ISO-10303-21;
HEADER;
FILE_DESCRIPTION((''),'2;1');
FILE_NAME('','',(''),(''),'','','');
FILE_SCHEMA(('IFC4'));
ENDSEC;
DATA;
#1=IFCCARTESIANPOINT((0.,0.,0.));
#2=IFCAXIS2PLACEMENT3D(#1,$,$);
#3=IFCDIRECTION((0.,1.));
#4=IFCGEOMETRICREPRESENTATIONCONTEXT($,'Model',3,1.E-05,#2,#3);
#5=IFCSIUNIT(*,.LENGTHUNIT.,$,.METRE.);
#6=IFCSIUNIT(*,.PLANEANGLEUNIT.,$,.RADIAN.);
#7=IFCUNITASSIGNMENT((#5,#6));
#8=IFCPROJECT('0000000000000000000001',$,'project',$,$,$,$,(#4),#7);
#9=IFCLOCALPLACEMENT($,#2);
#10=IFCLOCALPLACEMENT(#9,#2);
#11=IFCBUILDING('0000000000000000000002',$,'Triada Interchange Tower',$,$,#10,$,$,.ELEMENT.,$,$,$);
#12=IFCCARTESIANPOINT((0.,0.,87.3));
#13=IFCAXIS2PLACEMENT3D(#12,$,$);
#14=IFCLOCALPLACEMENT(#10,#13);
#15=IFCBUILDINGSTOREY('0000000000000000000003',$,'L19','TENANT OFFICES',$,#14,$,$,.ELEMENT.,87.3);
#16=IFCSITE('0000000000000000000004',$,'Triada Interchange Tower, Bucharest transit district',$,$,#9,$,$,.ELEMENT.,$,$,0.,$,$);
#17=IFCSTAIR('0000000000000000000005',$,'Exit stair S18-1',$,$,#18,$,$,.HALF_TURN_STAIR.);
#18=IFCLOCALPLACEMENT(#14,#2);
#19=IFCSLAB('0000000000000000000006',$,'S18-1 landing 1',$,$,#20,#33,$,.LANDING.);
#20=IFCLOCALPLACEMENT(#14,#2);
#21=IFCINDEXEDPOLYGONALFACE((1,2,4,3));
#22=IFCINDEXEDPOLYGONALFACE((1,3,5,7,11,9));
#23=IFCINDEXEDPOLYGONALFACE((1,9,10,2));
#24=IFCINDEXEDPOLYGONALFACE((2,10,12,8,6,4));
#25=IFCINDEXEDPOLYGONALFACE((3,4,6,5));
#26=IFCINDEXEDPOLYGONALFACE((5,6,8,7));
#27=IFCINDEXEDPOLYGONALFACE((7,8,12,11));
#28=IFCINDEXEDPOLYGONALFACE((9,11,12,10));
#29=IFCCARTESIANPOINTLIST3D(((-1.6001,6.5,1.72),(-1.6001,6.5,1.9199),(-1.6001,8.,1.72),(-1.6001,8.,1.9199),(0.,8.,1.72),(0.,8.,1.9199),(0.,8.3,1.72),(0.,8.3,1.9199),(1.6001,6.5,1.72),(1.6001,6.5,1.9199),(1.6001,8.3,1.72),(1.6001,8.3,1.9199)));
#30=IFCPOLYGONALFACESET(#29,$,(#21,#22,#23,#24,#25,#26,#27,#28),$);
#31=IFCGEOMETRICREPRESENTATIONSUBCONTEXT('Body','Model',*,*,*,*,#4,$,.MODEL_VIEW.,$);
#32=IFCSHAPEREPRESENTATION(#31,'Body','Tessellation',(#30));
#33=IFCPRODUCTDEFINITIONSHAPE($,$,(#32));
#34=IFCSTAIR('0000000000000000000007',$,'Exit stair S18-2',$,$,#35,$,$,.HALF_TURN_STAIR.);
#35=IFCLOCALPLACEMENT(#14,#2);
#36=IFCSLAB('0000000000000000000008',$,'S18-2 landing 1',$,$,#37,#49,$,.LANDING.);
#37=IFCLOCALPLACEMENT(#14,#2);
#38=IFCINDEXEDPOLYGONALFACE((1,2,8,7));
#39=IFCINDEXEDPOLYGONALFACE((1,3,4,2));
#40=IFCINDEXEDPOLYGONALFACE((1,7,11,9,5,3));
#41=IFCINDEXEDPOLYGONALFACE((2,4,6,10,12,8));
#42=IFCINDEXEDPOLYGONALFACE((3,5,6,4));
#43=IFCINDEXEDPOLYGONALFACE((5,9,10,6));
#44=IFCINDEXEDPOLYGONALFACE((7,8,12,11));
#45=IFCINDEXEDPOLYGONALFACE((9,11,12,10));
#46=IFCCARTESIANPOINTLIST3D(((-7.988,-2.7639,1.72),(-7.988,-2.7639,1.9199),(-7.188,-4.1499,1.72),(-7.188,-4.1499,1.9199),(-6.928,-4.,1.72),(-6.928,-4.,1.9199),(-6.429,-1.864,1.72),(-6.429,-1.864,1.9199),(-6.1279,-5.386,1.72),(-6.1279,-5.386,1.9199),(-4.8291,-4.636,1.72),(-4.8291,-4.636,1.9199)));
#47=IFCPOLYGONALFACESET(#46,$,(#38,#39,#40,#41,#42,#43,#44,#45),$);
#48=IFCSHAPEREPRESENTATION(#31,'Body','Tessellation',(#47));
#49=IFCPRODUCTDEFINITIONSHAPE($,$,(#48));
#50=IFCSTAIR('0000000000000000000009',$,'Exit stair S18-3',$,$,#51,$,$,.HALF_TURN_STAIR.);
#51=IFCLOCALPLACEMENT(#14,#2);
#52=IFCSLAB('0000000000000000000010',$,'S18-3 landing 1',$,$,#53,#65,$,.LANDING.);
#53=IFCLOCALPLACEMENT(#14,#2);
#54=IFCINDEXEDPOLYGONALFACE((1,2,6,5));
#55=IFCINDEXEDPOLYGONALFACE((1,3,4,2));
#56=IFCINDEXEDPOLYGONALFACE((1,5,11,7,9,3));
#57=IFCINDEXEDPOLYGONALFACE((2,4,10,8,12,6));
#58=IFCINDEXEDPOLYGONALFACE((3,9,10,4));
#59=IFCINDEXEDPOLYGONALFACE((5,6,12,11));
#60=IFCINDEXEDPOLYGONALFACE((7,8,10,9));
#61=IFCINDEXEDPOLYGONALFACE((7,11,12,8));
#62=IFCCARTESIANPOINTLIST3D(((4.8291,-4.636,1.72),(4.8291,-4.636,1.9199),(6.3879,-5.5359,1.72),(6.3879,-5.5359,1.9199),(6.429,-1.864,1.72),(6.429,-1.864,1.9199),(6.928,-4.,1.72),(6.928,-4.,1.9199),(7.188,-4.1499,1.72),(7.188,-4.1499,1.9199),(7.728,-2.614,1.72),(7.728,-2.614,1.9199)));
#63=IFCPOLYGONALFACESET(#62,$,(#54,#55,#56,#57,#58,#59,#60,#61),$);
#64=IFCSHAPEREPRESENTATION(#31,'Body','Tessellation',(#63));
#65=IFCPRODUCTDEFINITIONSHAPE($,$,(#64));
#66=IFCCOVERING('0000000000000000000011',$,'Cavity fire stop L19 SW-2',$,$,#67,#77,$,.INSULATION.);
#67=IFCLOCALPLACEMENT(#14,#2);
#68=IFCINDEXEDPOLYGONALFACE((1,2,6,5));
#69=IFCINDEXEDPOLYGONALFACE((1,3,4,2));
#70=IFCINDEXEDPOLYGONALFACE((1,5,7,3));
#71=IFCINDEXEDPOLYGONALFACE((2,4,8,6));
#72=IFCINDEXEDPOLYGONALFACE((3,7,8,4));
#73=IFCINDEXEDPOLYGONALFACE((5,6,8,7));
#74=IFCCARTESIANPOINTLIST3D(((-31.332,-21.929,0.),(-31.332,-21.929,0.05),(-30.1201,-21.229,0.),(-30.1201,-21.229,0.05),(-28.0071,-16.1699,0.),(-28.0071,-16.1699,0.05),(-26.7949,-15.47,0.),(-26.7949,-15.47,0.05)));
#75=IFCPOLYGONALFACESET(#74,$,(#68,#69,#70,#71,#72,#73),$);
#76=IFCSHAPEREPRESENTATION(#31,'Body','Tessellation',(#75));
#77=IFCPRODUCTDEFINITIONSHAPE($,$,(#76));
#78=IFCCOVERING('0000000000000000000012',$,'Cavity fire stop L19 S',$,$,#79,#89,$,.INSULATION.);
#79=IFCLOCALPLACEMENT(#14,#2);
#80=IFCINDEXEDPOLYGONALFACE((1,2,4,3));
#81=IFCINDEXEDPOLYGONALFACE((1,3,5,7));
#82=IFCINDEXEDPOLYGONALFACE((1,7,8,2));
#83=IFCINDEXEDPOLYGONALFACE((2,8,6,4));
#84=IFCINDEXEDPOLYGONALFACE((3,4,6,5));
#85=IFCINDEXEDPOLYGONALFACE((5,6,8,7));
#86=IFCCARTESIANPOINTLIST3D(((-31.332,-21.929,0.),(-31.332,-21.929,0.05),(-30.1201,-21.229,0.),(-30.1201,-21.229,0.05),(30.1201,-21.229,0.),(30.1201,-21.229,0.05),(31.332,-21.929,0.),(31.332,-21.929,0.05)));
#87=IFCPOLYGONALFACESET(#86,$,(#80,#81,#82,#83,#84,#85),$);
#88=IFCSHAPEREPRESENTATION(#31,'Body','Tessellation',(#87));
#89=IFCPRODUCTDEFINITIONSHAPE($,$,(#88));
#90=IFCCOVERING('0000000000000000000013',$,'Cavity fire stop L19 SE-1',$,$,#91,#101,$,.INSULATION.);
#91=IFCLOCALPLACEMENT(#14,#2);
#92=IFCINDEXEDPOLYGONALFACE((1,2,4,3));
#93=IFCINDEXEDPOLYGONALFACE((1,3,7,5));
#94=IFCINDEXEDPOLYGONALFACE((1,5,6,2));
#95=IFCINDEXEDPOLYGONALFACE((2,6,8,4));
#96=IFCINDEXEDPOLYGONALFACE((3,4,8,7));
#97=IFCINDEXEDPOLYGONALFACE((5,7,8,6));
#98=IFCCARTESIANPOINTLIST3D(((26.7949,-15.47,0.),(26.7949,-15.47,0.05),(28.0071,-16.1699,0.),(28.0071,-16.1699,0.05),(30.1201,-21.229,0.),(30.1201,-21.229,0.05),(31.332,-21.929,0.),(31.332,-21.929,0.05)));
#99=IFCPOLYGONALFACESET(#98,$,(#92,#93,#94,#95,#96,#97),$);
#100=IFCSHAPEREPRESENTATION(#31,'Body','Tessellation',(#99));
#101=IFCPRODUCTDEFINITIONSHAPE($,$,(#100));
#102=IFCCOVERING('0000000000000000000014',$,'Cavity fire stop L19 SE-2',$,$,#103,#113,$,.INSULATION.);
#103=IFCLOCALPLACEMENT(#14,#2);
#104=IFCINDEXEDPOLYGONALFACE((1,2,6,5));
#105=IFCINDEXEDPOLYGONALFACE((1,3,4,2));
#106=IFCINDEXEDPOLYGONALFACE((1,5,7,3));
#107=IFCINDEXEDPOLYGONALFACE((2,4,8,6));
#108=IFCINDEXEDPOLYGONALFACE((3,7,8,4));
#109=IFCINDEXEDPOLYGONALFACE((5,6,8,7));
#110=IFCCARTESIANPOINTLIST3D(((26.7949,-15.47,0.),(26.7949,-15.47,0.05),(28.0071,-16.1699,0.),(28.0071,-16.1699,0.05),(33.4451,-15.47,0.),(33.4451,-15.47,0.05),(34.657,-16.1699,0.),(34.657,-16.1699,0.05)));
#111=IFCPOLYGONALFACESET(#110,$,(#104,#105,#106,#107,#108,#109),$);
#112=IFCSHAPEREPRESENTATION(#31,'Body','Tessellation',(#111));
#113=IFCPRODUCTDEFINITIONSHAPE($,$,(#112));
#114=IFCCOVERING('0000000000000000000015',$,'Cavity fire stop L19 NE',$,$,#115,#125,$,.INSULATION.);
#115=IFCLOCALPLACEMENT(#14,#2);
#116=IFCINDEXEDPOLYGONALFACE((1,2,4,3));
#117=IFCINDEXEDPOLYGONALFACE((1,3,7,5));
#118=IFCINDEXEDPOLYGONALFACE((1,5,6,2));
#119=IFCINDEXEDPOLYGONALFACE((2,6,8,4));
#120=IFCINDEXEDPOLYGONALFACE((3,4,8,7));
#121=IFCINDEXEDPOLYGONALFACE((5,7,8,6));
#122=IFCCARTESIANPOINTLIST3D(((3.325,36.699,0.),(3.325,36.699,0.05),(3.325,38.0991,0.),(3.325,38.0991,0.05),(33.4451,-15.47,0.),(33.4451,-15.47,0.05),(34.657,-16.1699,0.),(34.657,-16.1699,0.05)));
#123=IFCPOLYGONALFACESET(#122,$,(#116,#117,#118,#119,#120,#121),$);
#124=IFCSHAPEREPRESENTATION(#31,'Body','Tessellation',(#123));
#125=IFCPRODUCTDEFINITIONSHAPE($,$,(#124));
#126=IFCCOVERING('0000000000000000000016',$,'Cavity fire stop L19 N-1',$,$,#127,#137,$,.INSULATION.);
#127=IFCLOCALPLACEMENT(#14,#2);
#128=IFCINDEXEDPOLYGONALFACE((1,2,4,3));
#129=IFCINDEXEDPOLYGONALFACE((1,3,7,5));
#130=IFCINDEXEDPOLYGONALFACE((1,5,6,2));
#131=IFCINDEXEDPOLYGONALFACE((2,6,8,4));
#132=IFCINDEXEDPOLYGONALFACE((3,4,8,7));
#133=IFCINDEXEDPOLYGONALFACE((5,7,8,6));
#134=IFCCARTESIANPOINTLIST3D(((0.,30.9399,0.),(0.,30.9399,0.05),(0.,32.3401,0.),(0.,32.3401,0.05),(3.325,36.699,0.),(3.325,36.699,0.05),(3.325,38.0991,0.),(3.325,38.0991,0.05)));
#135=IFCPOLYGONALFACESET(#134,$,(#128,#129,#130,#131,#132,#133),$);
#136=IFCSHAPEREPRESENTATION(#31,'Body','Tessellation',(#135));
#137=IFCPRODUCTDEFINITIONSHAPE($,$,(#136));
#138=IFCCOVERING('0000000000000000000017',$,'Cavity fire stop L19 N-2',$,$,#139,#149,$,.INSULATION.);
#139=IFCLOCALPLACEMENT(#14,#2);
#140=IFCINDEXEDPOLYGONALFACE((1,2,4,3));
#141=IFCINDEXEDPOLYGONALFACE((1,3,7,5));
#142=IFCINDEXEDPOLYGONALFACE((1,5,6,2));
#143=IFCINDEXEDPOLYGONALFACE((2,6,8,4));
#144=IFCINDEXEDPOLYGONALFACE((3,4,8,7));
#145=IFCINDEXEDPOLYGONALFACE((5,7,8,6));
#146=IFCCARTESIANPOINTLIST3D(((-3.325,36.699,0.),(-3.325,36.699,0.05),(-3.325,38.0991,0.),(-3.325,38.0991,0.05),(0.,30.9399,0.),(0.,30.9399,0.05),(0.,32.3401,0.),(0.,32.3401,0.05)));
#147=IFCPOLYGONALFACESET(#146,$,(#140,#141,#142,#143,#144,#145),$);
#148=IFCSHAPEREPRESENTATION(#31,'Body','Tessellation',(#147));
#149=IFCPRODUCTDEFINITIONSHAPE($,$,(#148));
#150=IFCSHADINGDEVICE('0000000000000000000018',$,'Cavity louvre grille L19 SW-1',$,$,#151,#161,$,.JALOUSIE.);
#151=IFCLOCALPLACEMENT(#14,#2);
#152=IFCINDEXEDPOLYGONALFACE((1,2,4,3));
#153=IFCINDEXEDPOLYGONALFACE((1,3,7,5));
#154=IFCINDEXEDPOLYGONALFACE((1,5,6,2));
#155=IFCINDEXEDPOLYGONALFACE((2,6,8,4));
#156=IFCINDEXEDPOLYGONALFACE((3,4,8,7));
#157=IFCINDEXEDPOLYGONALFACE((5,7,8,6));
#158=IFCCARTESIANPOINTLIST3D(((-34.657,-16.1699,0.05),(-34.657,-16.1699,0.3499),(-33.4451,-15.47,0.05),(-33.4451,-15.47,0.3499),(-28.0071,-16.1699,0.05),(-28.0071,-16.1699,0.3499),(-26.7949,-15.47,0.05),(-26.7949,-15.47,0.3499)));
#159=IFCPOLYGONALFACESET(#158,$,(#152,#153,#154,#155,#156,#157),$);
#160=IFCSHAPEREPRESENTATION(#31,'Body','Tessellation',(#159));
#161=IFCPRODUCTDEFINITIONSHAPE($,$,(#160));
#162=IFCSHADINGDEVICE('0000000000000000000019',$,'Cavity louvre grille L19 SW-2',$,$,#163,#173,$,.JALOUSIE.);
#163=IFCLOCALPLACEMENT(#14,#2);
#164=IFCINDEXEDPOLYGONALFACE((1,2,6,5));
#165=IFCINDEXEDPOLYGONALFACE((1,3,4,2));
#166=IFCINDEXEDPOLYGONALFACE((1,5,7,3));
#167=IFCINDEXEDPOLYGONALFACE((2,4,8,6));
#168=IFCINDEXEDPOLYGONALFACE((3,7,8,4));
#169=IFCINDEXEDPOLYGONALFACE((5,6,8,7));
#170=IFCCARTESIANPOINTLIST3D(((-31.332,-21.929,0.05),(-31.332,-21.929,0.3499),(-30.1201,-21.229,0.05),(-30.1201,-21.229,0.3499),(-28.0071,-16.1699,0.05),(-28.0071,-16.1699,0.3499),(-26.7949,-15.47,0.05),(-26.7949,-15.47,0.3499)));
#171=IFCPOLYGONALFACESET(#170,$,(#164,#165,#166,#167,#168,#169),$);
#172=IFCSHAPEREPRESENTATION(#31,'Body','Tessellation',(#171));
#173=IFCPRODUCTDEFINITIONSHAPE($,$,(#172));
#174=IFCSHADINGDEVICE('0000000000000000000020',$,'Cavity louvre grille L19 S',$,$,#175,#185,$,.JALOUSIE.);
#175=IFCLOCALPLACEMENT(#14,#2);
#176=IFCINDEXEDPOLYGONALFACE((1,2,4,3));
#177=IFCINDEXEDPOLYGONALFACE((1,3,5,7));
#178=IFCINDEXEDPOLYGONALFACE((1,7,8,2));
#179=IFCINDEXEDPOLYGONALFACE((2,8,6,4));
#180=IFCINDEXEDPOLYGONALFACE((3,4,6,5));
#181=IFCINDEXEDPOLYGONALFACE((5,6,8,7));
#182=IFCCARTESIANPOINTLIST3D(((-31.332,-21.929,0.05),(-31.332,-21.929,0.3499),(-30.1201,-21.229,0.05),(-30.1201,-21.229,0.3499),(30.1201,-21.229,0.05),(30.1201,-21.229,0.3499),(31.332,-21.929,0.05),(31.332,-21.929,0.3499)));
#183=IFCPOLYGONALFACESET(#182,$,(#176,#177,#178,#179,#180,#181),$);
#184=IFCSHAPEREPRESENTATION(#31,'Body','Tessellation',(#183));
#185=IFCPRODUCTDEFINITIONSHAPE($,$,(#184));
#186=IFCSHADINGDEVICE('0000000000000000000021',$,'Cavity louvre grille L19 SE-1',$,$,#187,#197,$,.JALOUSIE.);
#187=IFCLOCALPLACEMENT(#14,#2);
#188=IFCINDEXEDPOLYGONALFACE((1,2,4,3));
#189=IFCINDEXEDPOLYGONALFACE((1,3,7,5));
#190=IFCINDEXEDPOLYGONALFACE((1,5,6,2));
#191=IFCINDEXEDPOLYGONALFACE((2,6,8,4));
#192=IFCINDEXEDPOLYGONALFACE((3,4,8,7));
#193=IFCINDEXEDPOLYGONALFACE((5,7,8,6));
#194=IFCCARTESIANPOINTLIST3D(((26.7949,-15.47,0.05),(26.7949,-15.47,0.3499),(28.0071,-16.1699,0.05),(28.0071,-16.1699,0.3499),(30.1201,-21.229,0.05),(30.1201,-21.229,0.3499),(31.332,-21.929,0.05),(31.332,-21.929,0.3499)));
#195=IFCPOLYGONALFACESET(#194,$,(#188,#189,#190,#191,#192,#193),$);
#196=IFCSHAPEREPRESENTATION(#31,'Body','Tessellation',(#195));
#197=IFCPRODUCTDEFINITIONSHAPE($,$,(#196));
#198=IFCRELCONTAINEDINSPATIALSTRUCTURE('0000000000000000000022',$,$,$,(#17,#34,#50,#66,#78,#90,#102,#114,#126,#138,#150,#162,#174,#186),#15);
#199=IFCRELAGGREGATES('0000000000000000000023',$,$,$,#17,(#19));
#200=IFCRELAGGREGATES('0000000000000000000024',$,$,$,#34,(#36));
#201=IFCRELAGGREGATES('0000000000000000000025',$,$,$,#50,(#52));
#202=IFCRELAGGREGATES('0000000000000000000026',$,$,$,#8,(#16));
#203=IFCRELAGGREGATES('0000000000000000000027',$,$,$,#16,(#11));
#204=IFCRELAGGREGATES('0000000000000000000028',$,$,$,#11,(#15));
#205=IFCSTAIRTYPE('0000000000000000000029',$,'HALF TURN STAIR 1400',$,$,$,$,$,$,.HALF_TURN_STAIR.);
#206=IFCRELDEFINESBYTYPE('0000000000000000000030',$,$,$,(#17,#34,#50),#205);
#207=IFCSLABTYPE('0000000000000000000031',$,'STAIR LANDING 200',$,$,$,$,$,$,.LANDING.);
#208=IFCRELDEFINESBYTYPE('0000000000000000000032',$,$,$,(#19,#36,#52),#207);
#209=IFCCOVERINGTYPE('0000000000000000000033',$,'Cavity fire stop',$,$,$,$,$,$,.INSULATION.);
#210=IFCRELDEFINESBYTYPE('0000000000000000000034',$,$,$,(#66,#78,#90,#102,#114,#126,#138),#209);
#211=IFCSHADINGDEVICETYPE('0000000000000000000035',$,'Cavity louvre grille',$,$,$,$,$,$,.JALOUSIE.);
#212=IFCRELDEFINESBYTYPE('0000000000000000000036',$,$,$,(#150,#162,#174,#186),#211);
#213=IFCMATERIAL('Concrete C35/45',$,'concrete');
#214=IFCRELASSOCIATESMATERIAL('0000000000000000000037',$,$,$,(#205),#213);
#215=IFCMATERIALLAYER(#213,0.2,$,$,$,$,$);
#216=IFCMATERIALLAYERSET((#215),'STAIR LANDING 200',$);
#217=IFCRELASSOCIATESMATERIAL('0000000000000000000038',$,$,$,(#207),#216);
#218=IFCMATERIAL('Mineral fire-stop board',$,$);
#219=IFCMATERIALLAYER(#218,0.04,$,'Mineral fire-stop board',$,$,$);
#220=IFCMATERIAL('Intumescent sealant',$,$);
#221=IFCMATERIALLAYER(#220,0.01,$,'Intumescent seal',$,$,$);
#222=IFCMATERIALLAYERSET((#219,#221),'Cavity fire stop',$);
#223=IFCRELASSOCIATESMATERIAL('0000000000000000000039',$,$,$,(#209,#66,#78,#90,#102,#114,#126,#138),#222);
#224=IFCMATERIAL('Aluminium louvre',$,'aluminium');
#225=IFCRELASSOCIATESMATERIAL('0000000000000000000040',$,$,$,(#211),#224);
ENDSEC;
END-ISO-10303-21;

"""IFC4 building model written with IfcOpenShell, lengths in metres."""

from ifc_helpers import new_model, si_unit, direction, frame, origin, place, context, subcontext, project, spatial, polyline, outline, extrude, material, layer, layer_set, layer_usage, type_object, element, aggregate, save


model = new_model("IFC4")

# Units and contexts
model_context = context("Model", 3, precision=1e-05, world=origin(), true_north=direction((0.0, 1.0)))
body_context = subcontext(model_context, "Body", "Model", "MODEL_VIEW")
ifc_project = project(units=[si_unit("LENGTHUNIT", "METRE"), si_unit("PLANEANGLEUNIT", "RADIAN")], contexts=[model_context])

# Site, building, storey
site_placement = place(None, origin())
site = spatial("IfcSite", under=ifc_project, at=site_placement, Name="Triada Interchange Tower, Bucharest transit district", CompositionType="ELEMENT", RefElevation=0.0)
building_placement = place(site_placement, origin())
building = spatial("IfcBuilding", under=site, at=building_placement, Name="Triada Interchange Tower", CompositionType="ELEMENT")
storey_placement = place(building_placement, frame((0.0, 0.0, 87.3)))
storey = spatial("IfcBuildingStorey", under=building, at=storey_placement, Name="L19", Description="TENANT OFFICES", CompositionType="ELEMENT", Elevation=87.3)

# Stairs, slabs
ifc_material_1 = material(Name="Concrete C35/45", Category="concrete")
stair_type = type_object("IfcStairType", Name="HALF TURN STAIR 1400", PredefinedType="HALF_TURN_STAIR", material=ifc_material_1)
stair_1_placement = place(storey_placement, origin())
stair_1 = element("IfcStair", 1, at=stair_1_placement, inside=storey, type_object=stair_type, Name="Exit stair S18-1", PredefinedType="HALF_TURN_STAIR")
ifc_layer_1 = layer(ifc_material_1, 0.2)
ifc_layer_set_1 = layer_set([ifc_layer_1], Name="STAIR LANDING 200")
slab_type = type_object("IfcSlabType", Name="STAIR LANDING 200", PredefinedType="LANDING", material=ifc_layer_set_1)
slab_1_placement = place(storey_placement, frame((0.0, 0.0, 1.72)))
slab_1 = element("IfcSlab", 2, at=slab_1_placement, type_object=slab_type, Name="S18-1 landing 1", PredefinedType="LANDING", context=body_context, shape_type="SweptSolid", body=[
    extrude(outline(polyline([(1.6001, 6.5), (1.6001, 8.3), (0.0, 8.3), (0.0, 8.0), (-1.6001, 8.0), (-1.6001, 6.5), (1.6001, 6.5)])), origin(), (0.0, 0.0, 1.0), 0.2),
])
aggregate(stair_1, [slab_1])
stair_2_placement = place(storey_placement, origin())
stair_2 = element("IfcStair", 3, at=stair_2_placement, inside=storey, type_object=stair_type, Name="Exit stair S18-2", PredefinedType="HALF_TURN_STAIR")
slab_2_placement = place(storey_placement, frame((0.0, 0.0, 1.72)))
slab_2 = element("IfcSlab", 4, at=slab_2_placement, type_object=slab_type, Name="S18-2 landing 1", PredefinedType="LANDING", context=body_context, shape_type="SweptSolid", body=[
    extrude(outline(polyline([(-6.429, -1.864), (-7.988, -2.7639), (-7.188, -4.1499), (-6.928, -4.0), (-6.1279, -5.386), (-4.8291, -4.636), (-6.429, -1.864)])), origin(), (0.0, 0.0, 1.0), 0.2),
])
aggregate(stair_2, [slab_2])
stair_3_placement = place(storey_placement, origin())
stair_3 = element("IfcStair", 5, at=stair_3_placement, inside=storey, type_object=stair_type, Name="Exit stair S18-3", PredefinedType="HALF_TURN_STAIR")
slab_3_placement = place(storey_placement, frame((0.0, 0.0, 1.72)))
slab_3 = element("IfcSlab", 6, at=slab_3_placement, type_object=slab_type, Name="S18-3 landing 1", PredefinedType="LANDING", context=body_context, shape_type="SweptSolid", body=[
    extrude(outline(polyline([(4.8291, -4.636), (6.3879, -5.5359), (7.188, -4.1499), (6.928, -4.0), (7.728, -2.614), (6.429, -1.864), (4.8291, -4.636)])), origin(), (0.0, 0.0, 1.0), 0.2),
])
aggregate(stair_3, [slab_3])

# Coverings
ifc_material_2 = material(Name="Mineral fire-stop board")
ifc_layer_2 = layer(ifc_material_2, 0.04, Name="Mineral fire-stop board")
ifc_material_3 = material(Name="Intumescent sealant")
ifc_layer_3 = layer(ifc_material_3, 0.01, Name="Intumescent seal")
ifc_layer_set_2 = layer_set([ifc_layer_2, ifc_layer_3], Name="Cavity fire stop")
ifc_layer_usage = layer_usage(ifc_layer_set_2, "AXIS3", "POSITIVE", 0.0)
covering_type = type_object("IfcCoveringType", Name="Cavity fire stop", PredefinedType="INSULATION", material=ifc_layer_set_2)
covering_1_placement = place(storey_placement, origin())
element("IfcCovering", 7, at=covering_1_placement, inside=storey, type_object=covering_type, material=ifc_layer_usage, Name="Cavity fire stop L19 SW-2", PredefinedType="INSULATION", context=body_context, shape_type="SweptSolid", body=[
    extrude(outline(polyline([(-26.7949, -15.47), (-28.0071, -16.1699), (-31.332, -21.929), (-30.1201, -21.229), (-26.7949, -15.47)])), origin(), (0.0, 0.0, 1.0), 0.05),
])
covering_2_placement = place(storey_placement, origin())
element("IfcCovering", 8, at=covering_2_placement, inside=storey, type_object=covering_type, material=ifc_layer_usage, Name="Cavity fire stop L19 S", PredefinedType="INSULATION", context=body_context, shape_type="SweptSolid", body=[
    extrude(outline(polyline([(-30.1201, -21.229), (-31.332, -21.929), (31.332, -21.929), (30.1201, -21.229), (-30.1201, -21.229)])), origin(), (0.0, 0.0, 1.0), 0.05),
])
covering_3_placement = place(storey_placement, origin())
element("IfcCovering", 9, at=covering_3_placement, inside=storey, type_object=covering_type, material=ifc_layer_usage, Name="Cavity fire stop L19 SE-1", PredefinedType="INSULATION", context=body_context, shape_type="SweptSolid", body=[
    extrude(outline(polyline([(30.1201, -21.229), (31.332, -21.929), (28.0071, -16.1699), (26.7949, -15.47), (30.1201, -21.229)])), origin(), (0.0, 0.0, 1.0), 0.05),
])
covering_4_placement = place(storey_placement, origin())
element("IfcCovering", 10, at=covering_4_placement, inside=storey, type_object=covering_type, material=ifc_layer_usage, Name="Cavity fire stop L19 SE-2", PredefinedType="INSULATION", context=body_context, shape_type="SweptSolid", body=[
    extrude(outline(polyline([(26.7949, -15.47), (28.0071, -16.1699), (34.657, -16.1699), (33.4451, -15.47), (26.7949, -15.47)])), origin(), (0.0, 0.0, 1.0), 0.05),
])
covering_5_placement = place(storey_placement, origin())
element("IfcCovering", 11, at=covering_5_placement, inside=storey, type_object=covering_type, material=ifc_layer_usage, Name="Cavity fire stop L19 NE", PredefinedType="INSULATION", context=body_context, shape_type="SweptSolid", body=[
    extrude(outline(polyline([(33.4451, -15.47), (34.657, -16.1699), (3.325, 38.0991), (3.325, 36.699), (33.4451, -15.47)])), origin(), (0.0, 0.0, 1.0), 0.05),
])
covering_6_placement = place(storey_placement, origin())
element("IfcCovering", 12, at=covering_6_placement, inside=storey, type_object=covering_type, material=ifc_layer_usage, Name="Cavity fire stop L19 N-1", PredefinedType="INSULATION", context=body_context, shape_type="SweptSolid", body=[
    extrude(outline(polyline([(3.325, 36.699), (3.325, 38.0991), (0.0, 32.3401), (0.0, 30.9399), (3.325, 36.699)])), origin(), (0.0, 0.0, 1.0), 0.05),
])
covering_7_placement = place(storey_placement, origin())
element("IfcCovering", 13, at=covering_7_placement, inside=storey, type_object=covering_type, material=ifc_layer_usage, Name="Cavity fire stop L19 N-2", PredefinedType="INSULATION", context=body_context, shape_type="SweptSolid", body=[
    extrude(outline(polyline([(0.0, 30.9399), (0.0, 32.3401), (-3.325, 38.0991), (-3.325, 36.699), (0.0, 30.9399)])), origin(), (0.0, 0.0, 1.0), 0.05),
])

# Shading devices
ifc_material_4 = material(Name="Aluminium louvre", Category="aluminium")
shading_device_type = type_object("IfcShadingDeviceType", Name="Cavity louvre grille", PredefinedType="JALOUSIE", material=ifc_material_4)
shading_device_1_placement = place(storey_placement, frame((0.0, 0.0, 0.05)))
element("IfcShadingDevice", 14, at=shading_device_1_placement, inside=storey, type_object=shading_device_type, Name="Cavity louvre grille L19 SW-1", PredefinedType="JALOUSIE", context=body_context, shape_type="SweptSolid", body=[
    extrude(outline(polyline([(-33.4451, -15.47), (-34.657, -16.1699), (-28.0071, -16.1699), (-26.7949, -15.47), (-33.4451, -15.47)])), origin(), (0.0, 0.0, 1.0), 0.2998),
])
shading_device_2_placement = place(storey_placement, frame((0.0, 0.0, 0.05)))
element("IfcShadingDevice", 15, at=shading_device_2_placement, inside=storey, type_object=shading_device_type, Name="Cavity louvre grille L19 SW-2", PredefinedType="JALOUSIE", context=body_context, shape_type="SweptSolid", body=[
    extrude(outline(polyline([(-26.7949, -15.47), (-28.0071, -16.1699), (-31.332, -21.929), (-30.1201, -21.229), (-26.7949, -15.47)])), origin(), (0.0, 0.0, 1.0), 0.2998),
])
shading_device_3_placement = place(storey_placement, frame((0.0, 0.0, 0.05)))
element("IfcShadingDevice", 16, at=shading_device_3_placement, inside=storey, type_object=shading_device_type, Name="Cavity louvre grille L19 S", PredefinedType="JALOUSIE", context=body_context, shape_type="SweptSolid", body=[
    extrude(outline(polyline([(-30.1201, -21.229), (-31.332, -21.929), (31.332, -21.929), (30.1201, -21.229), (-30.1201, -21.229)])), origin(), (0.0, 0.0, 1.0), 0.2998),
])
shading_device_4_placement = place(storey_placement, frame((0.0, 0.0, 0.05)))
element("IfcShadingDevice", 17, at=shading_device_4_placement, inside=storey, type_object=shading_device_type, Name="Cavity louvre grille L19 SE-1", PredefinedType="JALOUSIE", context=body_context, shape_type="SweptSolid", body=[
    extrude(outline(polyline([(30.1201, -21.229), (31.332, -21.929), (28.0071, -16.1699), (26.7949, -15.47), (30.1201, -21.229)])), origin(), (0.0, 0.0, 1.0), 0.2998),
])

save(model, "model.ifc")
